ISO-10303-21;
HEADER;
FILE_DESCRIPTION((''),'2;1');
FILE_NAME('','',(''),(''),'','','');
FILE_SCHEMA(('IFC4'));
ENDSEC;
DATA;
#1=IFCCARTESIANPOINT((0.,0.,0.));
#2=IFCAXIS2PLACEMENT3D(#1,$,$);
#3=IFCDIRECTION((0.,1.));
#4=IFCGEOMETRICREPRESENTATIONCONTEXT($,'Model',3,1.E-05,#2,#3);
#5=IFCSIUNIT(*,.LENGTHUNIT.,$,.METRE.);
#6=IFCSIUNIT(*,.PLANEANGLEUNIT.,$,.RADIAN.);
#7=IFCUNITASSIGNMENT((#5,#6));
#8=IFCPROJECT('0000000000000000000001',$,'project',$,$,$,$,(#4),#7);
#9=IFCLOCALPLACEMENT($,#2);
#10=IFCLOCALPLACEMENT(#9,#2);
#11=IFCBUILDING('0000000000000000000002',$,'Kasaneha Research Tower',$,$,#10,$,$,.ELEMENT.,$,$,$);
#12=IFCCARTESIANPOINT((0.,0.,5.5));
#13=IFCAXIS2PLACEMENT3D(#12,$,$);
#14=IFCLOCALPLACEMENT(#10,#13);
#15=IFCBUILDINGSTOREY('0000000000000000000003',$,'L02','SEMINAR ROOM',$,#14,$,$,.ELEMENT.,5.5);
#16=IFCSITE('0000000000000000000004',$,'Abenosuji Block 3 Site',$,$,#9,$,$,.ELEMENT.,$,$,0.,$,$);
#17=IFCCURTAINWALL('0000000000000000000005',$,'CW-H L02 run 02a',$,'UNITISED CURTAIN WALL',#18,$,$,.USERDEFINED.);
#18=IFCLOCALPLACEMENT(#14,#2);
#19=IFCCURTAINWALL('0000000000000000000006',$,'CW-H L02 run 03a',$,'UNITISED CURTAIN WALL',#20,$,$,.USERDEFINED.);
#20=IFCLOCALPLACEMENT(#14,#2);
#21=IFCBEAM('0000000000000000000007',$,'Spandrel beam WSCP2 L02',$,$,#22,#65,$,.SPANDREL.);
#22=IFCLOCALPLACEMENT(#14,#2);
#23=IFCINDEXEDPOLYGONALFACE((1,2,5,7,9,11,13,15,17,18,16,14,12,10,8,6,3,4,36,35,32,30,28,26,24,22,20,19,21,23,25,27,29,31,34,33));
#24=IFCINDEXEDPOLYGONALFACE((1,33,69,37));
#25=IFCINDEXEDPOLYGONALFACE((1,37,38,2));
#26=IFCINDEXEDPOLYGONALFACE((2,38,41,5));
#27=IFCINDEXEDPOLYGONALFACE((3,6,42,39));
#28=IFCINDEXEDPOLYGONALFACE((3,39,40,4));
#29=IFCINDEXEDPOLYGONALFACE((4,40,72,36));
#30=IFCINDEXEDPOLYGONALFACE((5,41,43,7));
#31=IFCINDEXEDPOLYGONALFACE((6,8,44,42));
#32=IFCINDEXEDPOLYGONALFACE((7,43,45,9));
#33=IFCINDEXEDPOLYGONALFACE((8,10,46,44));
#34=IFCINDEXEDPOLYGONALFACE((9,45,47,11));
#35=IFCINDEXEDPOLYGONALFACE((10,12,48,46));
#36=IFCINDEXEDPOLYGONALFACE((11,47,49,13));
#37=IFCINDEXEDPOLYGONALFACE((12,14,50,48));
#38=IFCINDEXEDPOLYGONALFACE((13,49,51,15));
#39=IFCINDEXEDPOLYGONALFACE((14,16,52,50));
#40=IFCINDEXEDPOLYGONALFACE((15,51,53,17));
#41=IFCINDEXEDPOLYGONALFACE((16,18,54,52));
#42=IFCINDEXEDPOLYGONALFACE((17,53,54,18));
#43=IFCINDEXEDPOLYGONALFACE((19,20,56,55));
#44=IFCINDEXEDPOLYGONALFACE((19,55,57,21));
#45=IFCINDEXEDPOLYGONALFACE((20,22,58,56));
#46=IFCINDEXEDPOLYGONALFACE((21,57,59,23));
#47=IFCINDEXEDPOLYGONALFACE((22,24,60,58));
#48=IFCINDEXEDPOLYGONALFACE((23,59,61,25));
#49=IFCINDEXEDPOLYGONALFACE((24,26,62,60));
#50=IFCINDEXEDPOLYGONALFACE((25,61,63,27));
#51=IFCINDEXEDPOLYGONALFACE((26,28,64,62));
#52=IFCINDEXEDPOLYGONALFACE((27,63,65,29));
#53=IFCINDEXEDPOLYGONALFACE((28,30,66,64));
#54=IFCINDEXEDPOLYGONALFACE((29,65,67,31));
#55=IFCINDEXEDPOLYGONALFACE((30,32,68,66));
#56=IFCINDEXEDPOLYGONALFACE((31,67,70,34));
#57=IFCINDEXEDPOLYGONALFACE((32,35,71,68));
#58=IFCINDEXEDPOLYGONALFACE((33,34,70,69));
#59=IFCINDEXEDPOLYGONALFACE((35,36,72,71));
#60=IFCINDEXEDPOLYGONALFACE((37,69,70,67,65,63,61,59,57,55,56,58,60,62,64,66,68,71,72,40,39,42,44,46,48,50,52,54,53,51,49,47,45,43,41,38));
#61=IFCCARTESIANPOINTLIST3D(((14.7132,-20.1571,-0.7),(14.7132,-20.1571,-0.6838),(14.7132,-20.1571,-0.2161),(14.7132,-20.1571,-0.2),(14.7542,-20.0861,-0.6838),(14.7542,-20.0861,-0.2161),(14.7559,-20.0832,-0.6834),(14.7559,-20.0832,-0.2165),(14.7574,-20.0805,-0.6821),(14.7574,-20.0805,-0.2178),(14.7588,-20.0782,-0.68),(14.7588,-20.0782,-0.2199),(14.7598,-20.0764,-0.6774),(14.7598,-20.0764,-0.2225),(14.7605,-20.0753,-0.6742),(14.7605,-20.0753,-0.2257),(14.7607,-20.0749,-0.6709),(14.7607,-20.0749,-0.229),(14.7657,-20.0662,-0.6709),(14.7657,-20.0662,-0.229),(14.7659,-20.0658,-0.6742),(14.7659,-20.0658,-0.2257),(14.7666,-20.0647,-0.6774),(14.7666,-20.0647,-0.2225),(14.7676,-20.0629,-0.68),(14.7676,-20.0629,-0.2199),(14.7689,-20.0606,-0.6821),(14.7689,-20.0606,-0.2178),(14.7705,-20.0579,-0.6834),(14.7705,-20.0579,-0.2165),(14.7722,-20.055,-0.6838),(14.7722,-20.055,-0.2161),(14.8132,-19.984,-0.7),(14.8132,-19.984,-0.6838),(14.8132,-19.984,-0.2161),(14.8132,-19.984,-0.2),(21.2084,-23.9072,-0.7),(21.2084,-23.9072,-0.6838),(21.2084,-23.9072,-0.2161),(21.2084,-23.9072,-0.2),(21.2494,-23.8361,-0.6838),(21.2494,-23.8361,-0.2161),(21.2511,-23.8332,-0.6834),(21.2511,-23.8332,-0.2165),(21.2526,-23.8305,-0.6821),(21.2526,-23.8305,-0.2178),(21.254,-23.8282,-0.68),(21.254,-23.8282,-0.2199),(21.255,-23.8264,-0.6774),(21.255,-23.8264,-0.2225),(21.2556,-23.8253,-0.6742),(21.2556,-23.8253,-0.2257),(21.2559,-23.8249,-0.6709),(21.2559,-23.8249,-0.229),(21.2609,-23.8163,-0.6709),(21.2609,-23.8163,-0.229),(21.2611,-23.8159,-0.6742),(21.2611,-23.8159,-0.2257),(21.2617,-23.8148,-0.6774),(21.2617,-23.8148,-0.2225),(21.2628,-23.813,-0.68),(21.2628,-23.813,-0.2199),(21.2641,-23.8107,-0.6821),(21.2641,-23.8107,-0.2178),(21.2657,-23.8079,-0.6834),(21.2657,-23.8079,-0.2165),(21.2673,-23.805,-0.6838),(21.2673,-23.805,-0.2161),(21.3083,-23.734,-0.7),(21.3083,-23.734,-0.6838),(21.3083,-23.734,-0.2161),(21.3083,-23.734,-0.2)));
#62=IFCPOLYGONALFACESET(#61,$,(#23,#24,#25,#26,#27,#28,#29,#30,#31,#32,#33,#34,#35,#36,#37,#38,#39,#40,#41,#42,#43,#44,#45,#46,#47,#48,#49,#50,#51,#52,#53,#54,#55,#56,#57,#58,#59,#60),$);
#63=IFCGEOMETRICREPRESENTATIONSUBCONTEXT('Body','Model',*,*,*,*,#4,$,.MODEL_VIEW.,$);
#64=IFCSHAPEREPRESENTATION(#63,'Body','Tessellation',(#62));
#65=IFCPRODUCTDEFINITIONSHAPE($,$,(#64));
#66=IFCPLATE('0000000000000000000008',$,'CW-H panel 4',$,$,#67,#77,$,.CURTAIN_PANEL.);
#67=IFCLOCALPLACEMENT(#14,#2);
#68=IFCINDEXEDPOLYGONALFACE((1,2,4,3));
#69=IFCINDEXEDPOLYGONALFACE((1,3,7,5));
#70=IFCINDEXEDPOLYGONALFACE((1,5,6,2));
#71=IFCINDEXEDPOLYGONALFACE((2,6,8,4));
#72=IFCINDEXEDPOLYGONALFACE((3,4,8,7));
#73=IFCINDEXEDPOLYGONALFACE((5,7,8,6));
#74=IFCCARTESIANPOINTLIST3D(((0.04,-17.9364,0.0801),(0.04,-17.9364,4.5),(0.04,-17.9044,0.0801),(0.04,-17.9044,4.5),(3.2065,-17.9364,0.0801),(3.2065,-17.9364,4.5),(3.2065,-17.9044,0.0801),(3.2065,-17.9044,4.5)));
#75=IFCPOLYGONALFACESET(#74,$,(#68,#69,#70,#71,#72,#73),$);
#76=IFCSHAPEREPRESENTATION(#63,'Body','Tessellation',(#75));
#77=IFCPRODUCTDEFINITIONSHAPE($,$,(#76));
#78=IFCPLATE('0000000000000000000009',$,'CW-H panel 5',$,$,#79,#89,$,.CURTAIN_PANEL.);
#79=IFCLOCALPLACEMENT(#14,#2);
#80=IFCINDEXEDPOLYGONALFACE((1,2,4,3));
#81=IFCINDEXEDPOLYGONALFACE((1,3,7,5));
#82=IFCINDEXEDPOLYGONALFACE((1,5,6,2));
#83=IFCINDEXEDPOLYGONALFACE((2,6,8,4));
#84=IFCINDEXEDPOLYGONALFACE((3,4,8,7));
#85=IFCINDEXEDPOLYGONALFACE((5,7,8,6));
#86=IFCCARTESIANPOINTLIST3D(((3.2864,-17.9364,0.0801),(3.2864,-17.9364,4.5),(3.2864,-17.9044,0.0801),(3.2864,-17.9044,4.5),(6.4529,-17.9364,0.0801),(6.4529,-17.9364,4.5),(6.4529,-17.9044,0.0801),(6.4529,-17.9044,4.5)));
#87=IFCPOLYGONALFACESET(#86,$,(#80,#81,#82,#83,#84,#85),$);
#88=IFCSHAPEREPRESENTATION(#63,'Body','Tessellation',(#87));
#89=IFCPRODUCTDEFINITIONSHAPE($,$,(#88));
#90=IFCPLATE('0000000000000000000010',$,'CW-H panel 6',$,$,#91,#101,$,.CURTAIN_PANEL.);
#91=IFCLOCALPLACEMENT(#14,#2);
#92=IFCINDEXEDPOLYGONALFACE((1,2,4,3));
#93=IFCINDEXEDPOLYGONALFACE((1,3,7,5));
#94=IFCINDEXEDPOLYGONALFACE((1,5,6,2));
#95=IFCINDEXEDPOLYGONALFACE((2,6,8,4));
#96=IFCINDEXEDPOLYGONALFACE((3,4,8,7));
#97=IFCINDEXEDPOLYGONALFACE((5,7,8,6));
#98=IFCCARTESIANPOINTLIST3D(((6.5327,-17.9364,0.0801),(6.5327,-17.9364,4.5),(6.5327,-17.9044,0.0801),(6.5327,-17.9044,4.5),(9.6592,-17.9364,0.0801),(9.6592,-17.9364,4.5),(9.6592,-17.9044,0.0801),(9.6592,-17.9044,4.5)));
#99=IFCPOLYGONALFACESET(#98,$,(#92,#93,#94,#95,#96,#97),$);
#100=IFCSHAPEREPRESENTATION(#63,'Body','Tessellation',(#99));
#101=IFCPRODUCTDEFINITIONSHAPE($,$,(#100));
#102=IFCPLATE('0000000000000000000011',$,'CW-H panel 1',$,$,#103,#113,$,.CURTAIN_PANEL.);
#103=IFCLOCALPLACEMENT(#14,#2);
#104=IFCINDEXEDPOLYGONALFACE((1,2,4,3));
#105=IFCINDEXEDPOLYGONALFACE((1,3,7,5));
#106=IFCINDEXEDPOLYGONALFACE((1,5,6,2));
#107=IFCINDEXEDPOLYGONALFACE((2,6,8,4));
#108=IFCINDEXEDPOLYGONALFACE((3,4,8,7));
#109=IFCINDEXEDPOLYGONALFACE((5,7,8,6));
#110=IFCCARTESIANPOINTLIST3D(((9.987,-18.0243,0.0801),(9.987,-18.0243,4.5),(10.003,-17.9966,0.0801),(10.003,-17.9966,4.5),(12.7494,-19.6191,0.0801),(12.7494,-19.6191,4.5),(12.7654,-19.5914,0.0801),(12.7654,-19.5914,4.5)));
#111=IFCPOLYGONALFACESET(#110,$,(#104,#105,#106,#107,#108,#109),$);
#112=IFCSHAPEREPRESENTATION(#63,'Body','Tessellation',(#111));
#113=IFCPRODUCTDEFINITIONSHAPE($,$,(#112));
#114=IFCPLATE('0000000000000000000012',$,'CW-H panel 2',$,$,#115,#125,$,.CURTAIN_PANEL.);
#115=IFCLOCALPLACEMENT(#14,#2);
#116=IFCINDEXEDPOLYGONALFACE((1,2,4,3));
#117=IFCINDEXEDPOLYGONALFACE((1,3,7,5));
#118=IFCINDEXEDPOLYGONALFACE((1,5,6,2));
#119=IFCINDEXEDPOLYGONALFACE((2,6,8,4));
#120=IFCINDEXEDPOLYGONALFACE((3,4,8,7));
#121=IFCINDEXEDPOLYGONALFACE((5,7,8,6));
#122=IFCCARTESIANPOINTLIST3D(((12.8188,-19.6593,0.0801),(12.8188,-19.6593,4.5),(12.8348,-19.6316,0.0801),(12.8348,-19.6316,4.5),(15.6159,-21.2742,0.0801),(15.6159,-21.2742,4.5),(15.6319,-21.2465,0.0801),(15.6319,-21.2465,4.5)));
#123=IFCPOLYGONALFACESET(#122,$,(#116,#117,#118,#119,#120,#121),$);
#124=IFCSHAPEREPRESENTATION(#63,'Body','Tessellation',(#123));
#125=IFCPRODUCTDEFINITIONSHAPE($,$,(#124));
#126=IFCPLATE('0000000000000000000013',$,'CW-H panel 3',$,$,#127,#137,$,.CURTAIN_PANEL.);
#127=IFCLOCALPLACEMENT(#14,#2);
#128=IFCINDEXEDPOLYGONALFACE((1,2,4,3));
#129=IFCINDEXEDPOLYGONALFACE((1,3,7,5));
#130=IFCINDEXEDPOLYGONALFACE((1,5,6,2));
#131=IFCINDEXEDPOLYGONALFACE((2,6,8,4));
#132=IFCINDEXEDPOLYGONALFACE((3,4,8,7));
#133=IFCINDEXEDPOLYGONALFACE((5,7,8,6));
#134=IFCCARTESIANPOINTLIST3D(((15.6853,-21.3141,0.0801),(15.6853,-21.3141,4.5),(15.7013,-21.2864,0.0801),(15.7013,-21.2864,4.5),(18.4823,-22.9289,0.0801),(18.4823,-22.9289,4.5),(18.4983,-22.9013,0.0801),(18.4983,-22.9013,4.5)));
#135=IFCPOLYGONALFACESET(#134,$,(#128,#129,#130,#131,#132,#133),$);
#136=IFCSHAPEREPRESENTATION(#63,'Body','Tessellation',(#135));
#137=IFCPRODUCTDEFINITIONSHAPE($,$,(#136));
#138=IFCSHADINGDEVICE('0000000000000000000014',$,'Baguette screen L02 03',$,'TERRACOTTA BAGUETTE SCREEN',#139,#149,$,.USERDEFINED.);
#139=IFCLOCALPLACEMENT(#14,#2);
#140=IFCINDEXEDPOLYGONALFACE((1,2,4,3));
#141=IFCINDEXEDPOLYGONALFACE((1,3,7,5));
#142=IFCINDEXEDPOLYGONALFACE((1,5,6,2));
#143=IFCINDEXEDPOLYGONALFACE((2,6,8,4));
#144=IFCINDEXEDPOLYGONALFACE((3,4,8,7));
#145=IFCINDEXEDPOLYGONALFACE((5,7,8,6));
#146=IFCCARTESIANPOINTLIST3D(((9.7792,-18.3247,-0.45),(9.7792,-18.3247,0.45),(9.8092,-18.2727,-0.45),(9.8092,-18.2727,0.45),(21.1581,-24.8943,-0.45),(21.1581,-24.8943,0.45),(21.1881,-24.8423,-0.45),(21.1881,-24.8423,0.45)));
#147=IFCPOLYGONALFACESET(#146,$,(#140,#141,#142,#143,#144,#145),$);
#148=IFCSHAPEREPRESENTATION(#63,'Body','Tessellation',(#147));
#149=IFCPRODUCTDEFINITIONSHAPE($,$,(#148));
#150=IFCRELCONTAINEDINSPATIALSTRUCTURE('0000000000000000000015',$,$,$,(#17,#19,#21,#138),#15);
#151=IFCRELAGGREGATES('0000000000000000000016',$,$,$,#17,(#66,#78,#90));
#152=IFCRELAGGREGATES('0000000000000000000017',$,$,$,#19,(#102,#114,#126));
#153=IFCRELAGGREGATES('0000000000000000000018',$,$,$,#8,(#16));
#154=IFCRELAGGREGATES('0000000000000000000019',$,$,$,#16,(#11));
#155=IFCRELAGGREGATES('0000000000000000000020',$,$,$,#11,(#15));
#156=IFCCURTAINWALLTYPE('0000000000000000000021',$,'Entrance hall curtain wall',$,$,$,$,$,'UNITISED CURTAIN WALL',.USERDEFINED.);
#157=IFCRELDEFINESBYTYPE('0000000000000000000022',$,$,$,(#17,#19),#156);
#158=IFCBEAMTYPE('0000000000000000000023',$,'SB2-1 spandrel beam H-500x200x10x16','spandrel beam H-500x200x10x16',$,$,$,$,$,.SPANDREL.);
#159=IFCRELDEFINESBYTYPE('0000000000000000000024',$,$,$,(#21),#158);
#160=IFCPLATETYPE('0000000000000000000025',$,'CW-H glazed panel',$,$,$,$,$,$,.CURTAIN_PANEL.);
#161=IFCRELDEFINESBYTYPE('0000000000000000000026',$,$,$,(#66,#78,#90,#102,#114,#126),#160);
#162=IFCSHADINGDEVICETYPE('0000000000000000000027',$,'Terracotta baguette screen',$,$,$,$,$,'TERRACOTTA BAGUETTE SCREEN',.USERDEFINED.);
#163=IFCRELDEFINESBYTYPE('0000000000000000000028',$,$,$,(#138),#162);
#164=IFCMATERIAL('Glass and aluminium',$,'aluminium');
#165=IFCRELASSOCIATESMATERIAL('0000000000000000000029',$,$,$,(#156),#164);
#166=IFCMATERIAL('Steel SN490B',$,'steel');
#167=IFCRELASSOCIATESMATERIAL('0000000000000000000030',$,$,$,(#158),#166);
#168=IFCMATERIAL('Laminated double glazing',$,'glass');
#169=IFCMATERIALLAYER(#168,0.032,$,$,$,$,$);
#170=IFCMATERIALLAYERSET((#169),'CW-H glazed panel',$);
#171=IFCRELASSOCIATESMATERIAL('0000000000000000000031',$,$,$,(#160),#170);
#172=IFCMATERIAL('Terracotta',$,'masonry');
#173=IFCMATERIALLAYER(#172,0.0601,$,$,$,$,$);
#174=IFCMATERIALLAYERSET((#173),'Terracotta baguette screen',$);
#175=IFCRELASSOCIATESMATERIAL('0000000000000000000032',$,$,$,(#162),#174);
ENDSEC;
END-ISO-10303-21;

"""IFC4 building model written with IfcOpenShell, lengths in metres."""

from ifc_helpers import new_model, si_unit, direction, frame, origin, origin_2d, place, context, subcontext, project, spatial, rectangle, i_section, extrude, material, layer, layer_set, material_profile, profile_set, type_object, element, aggregate, save


model = new_model("IFC4")

# Units and contexts
model_context = context("Model", 3, precision=1e-05, world=origin(), true_north=direction((0.0, 1.0)))
body_context = subcontext(model_context, "Body", "Model", "MODEL_VIEW")
ifc_project = project(units=[si_unit("LENGTHUNIT", "METRE"), si_unit("PLANEANGLEUNIT", "RADIAN")], contexts=[model_context])

# Site, building, storey
site_placement = place(None, origin())
site = spatial("IfcSite", under=ifc_project, at=site_placement, Name="Abenosuji Block 3 Site", CompositionType="ELEMENT", RefElevation=0.0)
building_placement = place(site_placement, origin())
building = spatial("IfcBuilding", under=site, at=building_placement, Name="Kasaneha Research Tower", CompositionType="ELEMENT")
storey_placement = place(building_placement, frame((0.0, 0.0, 5.5)))
storey = spatial("IfcBuildingStorey", under=building, at=storey_placement, Name="L02", Description="SEMINAR ROOM", CompositionType="ELEMENT", Elevation=5.5)

# Curtain walls
ifc_material_1 = material(Name="Glass and aluminium", Category="aluminium")
curtain_wall_type = type_object("IfcCurtainWallType", Name="Entrance hall curtain wall", ElementType="UNITISED CURTAIN WALL", PredefinedType="USERDEFINED", material=ifc_material_1)
curtain_wall_1_placement = place(storey_placement, origin())
curtain_wall_1 = element("IfcCurtainWall", 1, at=curtain_wall_1_placement, inside=storey, type_object=curtain_wall_type, Name="CW-H L02 run 02a", ObjectType="UNITISED CURTAIN WALL", PredefinedType="USERDEFINED")
curtain_wall_2_placement = place(storey_placement, origin())
curtain_wall_2 = element("IfcCurtainWall", 2, at=curtain_wall_2_placement, inside=storey, type_object=curtain_wall_type, Name="CW-H L02 run 03a", ObjectType="UNITISED CURTAIN WALL", PredefinedType="USERDEFINED")

# Beam
ifc_material_2 = material(Name="Steel SN490B", Category="steel")
ifc_material_profile_1 = material_profile(ifc_material_2, i_section(OverallWidth=0.2, OverallDepth=0.5, WebThickness=0.01, FlangeThickness=0.0161, FilletRadius=0.0129, at=origin_2d()), Name="H-500x200x10x16")
ifc_profile_set_1 = profile_set([ifc_material_profile_1], Name="Steel SN490B")
beam_type_1 = type_object("IfcBeamType", Name="SB2-1 spandrel beam H-500x200x10x16", Description="spandrel beam H-500x200x10x16", PredefinedType="SPANDREL", material=ifc_profile_set_1)
beam_1_placement = place(storey_placement, frame((14.7632, -20.0706, -0.45), z_axis=(0.866023, -0.500004, 0.0), x_axis=(0.500004, 0.866023, 0.0)))
element("IfcBeam", 3, at=beam_1_placement, inside=storey, type_object=beam_type_1, Name="Spandrel beam WSCP2 L02", PredefinedType="SPANDREL", context=body_context, shape_type="SweptSolid", body=[
    extrude(i_section(OverallWidth=0.2, OverallDepth=0.5, WebThickness=0.01, FlangeThickness=0.0161, FilletRadius=0.0129, at=origin_2d()), origin(), (0.0, 0.0, 1.0), 7.5),
])

# Plates
ifc_material_3 = material(Name="Laminated double glazing", Category="glass")
ifc_layer_1 = layer(ifc_material_3, 0.032)
ifc_layer_set_1 = layer_set([ifc_layer_1], Name="CW-H glazed panel")
plate_type = type_object("IfcPlateType", Name="CW-H glazed panel", PredefinedType="CURTAIN_PANEL", material=ifc_layer_set_1)
plate_1_placement = place(storey_placement, frame((1.6233, -17.9204, 0.0801), z_axis=(0.0, 0.0, 1.0), x_axis=(1.0, 0.0, 0.0)))
plate_1 = element("IfcPlate", 4, at=plate_1_placement, type_object=plate_type, Name="CW-H panel 4", PredefinedType="CURTAIN_PANEL", context=body_context, shape_type="SweptSolid", body=[
    extrude(rectangle(XDim=3.1665, YDim=0.032, at=origin_2d()), origin(), (0.0, 0.0, 1.0), 4.4199),
])
plate_2_placement = place(storey_placement, frame((4.8696, -17.9204, 0.0801), z_axis=(0.0, 0.0, 1.0), x_axis=(1.0, 0.0, 0.0)))
plate_2 = element("IfcPlate", 5, at=plate_2_placement, type_object=plate_type, Name="CW-H panel 5", PredefinedType="CURTAIN_PANEL", context=body_context, shape_type="SweptSolid", body=[
    extrude(rectangle(XDim=3.1665, YDim=0.032, at=origin_2d()), origin(), (0.0, 0.0, 1.0), 4.4199),
])
plate_3_placement = place(storey_placement, frame((8.0959, -17.9204, 0.0801), z_axis=(0.0, 0.0, 1.0), x_axis=(1.0, 0.0, 0.0)))
plate_3 = element("IfcPlate", 6, at=plate_3_placement, type_object=plate_type, Name="CW-H panel 6", PredefinedType="CURTAIN_PANEL", context=body_context, shape_type="SweptSolid", body=[
    extrude(rectangle(XDim=3.1265, YDim=0.032, at=origin_2d()), origin(), (0.0, 0.0, 1.0), 4.4199),
])
aggregate(curtain_wall_1, [plate_1, plate_2, plate_3])
plate_4_placement = place(storey_placement, frame((11.3762, -18.8079, 0.0801), z_axis=(0.0, 0.0, 1.0), x_axis=(0.866025, -0.5, 0.0)))
plate_4 = element("IfcPlate", 7, at=plate_4_placement, type_object=plate_type, Name="CW-H panel 1", PredefinedType="CURTAIN_PANEL", context=body_context, shape_type="SweptSolid", body=[
    extrude(rectangle(XDim=3.1897, YDim=0.032, at=origin_2d()), origin(), (0.0, 0.0, 1.0), 4.4199),
])
plate_5_placement = place(storey_placement, frame((14.2253, -20.4529, 0.0801), z_axis=(0.0, 0.0, 1.0), x_axis=(0.866025, -0.5, 0.0)))
plate_5 = element("IfcPlate", 8, at=plate_5_placement, type_object=plate_type, Name="CW-H panel 2", PredefinedType="CURTAIN_PANEL", context=body_context, shape_type="SweptSolid", body=[
    extrude(rectangle(XDim=3.2297, YDim=0.032, at=origin_2d()), origin(), (0.0, 0.0, 1.0), 4.4199),
])
plate_6_placement = place(storey_placement, frame((17.0918, -22.1077, 0.0801), z_axis=(0.0, 0.0, 1.0), x_axis=(0.866025, -0.5, 0.0)))
plate_6 = element("IfcPlate", 9, at=plate_6_placement, type_object=plate_type, Name="CW-H panel 3", PredefinedType="CURTAIN_PANEL", context=body_context, shape_type="SweptSolid", body=[
    extrude(rectangle(XDim=3.2297, YDim=0.032, at=origin_2d()), origin(), (0.0, 0.0, 1.0), 4.4199),
])
aggregate(curtain_wall_2, [plate_4, plate_5, plate_6])

# Shading device
ifc_material_4 = material(Name="Terracotta", Category="masonry")
ifc_layer_2 = layer(ifc_material_4, 0.0601)
ifc_layer_set_2 = layer_set([ifc_layer_2], Name="Terracotta baguette screen")
shading_device_type = type_object("IfcShadingDeviceType", Name="Terracotta baguette screen", ElementType="TERRACOTTA BAGUETTE SCREEN", PredefinedType="USERDEFINED", material=ifc_layer_set_2)
shading_device_placement = place(storey_placement, frame((15.4836, -21.5835, -0.45), z_axis=(0.0, 0.0, 1.0), x_axis=(0.866025, -0.5, 0.0)))
element("IfcShadingDevice", 10, at=shading_device_placement, inside=storey, type_object=shading_device_type, Name="Baguette screen L02 03", ObjectType="TERRACOTTA BAGUETTE SCREEN", PredefinedType="USERDEFINED", context=body_context, shape_type="SweptSolid", body=[
    extrude(rectangle(XDim=13.1392, YDim=0.0601, at=origin_2d()), origin(), (0.0, 0.0, 1.0), 0.8999),
])

save(model, "model.ifc")
